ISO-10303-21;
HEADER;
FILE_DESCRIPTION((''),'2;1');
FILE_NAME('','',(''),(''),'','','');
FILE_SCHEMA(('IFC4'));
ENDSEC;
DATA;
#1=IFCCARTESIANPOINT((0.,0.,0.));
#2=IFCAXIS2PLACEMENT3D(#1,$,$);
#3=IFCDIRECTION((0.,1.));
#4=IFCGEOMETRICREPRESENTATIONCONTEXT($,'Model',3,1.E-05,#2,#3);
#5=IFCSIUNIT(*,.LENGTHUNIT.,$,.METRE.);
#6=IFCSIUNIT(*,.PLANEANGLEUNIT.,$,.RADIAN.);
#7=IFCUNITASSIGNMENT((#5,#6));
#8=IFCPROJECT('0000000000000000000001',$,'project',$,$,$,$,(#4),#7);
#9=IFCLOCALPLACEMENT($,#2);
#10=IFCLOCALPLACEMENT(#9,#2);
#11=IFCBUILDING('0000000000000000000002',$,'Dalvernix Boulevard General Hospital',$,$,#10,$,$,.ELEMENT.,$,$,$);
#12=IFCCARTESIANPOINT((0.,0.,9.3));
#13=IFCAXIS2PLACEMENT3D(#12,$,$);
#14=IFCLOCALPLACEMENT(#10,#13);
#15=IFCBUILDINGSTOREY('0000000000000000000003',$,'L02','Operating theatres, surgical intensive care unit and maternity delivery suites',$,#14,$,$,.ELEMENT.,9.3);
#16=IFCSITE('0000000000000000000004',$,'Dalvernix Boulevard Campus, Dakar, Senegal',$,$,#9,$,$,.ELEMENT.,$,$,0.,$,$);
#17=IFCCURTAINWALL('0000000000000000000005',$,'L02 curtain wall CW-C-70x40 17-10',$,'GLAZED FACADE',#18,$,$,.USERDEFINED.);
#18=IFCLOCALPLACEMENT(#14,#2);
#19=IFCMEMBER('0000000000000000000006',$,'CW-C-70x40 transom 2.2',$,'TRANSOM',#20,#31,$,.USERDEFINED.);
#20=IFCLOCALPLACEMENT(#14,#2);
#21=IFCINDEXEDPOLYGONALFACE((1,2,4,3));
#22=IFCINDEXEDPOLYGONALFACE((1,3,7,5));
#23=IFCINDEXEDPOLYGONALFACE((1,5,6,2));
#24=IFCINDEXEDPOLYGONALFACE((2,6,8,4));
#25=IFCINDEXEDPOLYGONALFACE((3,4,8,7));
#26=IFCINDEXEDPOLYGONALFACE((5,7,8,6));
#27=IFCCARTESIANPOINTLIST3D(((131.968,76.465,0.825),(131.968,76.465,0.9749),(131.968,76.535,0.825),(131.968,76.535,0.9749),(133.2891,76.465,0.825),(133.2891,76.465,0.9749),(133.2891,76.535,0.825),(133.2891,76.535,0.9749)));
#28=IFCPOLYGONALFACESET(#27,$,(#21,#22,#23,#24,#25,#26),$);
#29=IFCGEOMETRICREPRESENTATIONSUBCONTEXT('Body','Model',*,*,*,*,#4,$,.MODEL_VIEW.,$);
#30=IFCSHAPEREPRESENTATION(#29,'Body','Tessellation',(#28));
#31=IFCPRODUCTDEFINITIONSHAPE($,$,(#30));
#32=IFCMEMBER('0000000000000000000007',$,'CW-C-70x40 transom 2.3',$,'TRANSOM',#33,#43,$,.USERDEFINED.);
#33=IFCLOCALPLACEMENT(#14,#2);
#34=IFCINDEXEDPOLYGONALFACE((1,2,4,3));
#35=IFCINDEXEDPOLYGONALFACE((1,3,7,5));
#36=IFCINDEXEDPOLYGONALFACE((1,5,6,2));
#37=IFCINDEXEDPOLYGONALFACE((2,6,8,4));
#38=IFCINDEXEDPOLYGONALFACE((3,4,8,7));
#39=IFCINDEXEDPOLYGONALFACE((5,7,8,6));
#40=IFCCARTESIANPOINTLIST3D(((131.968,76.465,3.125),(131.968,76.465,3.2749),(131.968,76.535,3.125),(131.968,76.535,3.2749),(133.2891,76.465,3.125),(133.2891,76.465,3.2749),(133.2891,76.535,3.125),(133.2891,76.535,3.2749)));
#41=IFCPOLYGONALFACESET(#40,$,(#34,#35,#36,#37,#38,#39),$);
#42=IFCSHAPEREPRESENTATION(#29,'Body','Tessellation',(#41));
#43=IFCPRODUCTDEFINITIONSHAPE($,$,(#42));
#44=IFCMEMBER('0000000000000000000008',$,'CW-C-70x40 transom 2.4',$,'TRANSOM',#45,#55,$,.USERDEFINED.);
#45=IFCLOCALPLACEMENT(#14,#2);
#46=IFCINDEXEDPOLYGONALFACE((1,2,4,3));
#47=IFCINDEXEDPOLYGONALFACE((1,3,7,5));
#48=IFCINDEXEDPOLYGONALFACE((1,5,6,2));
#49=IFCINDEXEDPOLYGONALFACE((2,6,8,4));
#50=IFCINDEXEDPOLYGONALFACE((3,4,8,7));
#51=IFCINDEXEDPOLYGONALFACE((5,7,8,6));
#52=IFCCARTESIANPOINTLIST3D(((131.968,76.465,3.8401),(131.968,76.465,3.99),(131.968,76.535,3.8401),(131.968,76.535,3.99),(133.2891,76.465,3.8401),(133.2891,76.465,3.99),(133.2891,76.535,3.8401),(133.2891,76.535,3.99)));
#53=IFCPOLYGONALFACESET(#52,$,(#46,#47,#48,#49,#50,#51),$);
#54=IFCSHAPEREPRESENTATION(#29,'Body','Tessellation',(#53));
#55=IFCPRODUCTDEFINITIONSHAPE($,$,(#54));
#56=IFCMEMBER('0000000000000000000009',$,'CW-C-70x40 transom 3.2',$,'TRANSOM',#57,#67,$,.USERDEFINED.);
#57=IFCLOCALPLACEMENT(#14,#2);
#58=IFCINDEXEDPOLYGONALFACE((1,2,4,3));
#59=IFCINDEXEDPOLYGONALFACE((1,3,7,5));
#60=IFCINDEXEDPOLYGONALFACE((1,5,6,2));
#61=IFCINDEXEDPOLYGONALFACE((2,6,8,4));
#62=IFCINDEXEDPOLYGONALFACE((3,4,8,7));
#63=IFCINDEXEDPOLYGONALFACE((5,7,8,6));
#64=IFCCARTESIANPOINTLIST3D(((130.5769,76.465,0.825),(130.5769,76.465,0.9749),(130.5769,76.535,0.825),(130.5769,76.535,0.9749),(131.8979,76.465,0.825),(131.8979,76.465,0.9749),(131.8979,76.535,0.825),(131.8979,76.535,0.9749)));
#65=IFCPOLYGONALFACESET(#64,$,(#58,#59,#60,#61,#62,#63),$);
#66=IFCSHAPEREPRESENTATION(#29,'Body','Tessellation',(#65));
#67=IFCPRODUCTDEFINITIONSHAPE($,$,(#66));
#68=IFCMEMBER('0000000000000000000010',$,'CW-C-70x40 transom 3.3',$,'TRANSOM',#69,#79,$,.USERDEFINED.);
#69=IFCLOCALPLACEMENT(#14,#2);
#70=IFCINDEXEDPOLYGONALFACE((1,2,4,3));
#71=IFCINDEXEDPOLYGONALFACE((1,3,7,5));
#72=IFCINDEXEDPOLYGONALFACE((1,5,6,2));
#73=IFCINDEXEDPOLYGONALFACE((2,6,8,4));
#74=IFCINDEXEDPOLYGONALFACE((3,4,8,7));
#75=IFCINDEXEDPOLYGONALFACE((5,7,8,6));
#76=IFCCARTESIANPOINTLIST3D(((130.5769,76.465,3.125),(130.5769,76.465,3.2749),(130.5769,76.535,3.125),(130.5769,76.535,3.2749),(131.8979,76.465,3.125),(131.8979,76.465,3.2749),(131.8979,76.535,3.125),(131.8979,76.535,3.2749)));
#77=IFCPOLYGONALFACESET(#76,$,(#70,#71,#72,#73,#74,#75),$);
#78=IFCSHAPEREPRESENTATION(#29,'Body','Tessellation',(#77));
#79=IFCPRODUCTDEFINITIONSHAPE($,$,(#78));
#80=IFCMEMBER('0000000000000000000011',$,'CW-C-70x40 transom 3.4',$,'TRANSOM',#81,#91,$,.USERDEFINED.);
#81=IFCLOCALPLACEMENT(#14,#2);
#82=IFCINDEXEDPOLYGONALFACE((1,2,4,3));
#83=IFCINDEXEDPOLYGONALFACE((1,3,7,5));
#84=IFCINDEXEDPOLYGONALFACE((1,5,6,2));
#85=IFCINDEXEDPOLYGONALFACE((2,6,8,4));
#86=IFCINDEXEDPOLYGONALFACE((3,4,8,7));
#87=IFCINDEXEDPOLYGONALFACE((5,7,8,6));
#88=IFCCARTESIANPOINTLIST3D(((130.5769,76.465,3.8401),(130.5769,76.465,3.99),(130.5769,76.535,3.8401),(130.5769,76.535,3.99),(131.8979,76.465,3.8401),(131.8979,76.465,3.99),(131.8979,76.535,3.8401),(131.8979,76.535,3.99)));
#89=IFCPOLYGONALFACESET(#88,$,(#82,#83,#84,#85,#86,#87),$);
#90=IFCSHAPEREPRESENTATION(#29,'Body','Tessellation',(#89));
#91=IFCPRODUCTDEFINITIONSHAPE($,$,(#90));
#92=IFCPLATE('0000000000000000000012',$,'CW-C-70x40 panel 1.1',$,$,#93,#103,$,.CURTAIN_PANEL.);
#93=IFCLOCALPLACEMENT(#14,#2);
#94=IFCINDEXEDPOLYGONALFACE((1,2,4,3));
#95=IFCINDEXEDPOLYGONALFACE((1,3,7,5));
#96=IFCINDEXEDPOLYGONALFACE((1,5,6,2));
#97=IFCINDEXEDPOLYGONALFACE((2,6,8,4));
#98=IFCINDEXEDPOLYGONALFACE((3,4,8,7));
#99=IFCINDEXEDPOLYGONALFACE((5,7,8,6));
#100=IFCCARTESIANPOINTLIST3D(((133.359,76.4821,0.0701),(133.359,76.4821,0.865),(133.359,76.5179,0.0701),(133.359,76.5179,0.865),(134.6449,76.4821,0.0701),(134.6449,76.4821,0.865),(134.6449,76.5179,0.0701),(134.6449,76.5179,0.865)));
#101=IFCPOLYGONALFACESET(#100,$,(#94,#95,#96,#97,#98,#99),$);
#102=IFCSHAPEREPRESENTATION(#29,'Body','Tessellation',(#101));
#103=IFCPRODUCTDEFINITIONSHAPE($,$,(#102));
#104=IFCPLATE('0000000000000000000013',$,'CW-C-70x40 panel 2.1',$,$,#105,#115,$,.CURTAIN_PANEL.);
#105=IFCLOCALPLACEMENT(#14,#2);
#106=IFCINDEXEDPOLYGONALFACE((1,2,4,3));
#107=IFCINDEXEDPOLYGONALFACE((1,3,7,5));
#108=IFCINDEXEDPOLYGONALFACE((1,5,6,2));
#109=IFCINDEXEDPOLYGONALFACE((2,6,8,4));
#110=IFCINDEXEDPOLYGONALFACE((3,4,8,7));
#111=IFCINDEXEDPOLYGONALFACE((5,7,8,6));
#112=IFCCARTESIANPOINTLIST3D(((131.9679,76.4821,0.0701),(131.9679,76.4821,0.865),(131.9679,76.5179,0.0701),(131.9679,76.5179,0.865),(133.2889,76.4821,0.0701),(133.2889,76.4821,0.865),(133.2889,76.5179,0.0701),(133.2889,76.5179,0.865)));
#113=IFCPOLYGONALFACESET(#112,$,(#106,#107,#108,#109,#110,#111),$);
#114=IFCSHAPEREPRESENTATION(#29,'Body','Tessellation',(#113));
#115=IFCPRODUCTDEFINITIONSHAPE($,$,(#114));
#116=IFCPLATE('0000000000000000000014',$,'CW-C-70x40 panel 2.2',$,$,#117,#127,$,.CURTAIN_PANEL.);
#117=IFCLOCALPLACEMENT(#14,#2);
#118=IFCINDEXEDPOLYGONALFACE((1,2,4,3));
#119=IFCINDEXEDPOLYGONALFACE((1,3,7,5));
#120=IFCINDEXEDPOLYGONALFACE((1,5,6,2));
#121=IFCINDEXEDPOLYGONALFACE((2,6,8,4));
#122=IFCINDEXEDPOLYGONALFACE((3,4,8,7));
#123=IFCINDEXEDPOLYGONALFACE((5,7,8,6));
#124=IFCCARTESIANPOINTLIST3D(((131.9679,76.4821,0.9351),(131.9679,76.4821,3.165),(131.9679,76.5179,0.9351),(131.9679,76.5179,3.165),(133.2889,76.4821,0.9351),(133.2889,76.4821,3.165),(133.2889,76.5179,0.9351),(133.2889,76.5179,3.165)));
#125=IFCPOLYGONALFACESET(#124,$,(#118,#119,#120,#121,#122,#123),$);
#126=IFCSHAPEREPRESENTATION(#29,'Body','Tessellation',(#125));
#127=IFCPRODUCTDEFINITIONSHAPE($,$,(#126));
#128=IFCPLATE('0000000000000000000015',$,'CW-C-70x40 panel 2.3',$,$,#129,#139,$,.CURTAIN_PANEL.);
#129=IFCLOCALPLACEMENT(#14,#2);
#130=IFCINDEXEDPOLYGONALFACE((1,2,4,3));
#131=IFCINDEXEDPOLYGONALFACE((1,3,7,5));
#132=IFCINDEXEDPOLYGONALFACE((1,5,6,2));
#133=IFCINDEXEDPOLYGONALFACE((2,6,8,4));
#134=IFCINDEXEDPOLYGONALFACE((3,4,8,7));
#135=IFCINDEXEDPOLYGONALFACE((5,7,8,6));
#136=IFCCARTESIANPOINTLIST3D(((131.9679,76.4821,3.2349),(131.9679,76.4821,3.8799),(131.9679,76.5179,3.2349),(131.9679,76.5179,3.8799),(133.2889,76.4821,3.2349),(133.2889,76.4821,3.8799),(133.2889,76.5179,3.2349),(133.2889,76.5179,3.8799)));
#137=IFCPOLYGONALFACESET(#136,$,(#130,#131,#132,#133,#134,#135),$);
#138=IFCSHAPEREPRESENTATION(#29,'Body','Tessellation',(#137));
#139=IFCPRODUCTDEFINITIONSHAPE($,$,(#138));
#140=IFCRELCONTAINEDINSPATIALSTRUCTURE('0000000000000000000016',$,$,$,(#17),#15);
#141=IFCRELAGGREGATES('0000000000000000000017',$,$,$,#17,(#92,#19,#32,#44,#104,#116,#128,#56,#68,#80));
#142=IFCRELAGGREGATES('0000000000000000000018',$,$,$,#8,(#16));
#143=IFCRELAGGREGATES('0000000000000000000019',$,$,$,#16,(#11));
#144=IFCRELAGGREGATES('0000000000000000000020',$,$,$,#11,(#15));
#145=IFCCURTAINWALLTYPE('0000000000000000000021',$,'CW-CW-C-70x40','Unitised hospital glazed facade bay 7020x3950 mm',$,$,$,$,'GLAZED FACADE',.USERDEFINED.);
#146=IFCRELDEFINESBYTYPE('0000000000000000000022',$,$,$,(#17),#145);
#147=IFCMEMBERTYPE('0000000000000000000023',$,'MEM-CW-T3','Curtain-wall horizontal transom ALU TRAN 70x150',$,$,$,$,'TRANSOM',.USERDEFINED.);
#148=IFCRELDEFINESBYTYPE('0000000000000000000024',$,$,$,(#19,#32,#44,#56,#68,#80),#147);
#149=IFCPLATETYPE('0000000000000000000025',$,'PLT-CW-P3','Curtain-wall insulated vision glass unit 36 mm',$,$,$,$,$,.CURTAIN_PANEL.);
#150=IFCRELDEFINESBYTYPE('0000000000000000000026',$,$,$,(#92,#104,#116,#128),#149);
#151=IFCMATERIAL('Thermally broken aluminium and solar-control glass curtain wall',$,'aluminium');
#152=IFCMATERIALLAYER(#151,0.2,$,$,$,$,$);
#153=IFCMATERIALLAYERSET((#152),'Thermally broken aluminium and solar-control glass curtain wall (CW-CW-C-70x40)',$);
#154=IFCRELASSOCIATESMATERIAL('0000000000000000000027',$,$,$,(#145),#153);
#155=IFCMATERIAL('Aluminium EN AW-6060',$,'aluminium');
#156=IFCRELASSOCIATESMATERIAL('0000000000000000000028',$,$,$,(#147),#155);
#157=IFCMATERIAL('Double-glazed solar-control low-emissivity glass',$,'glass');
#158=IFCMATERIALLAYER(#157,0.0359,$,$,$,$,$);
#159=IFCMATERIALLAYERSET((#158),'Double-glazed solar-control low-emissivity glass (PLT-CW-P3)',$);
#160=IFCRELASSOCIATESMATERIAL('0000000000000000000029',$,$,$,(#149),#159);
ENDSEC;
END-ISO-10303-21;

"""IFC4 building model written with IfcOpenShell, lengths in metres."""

from ifc_helpers import new_model, si_unit, direction, frame, origin, origin_2d, place, context, subcontext, project, spatial, rectangle, extrude, material, layer, layer_set, material_profile, profile_set, type_object, element, aggregate, save


model = new_model("IFC4")

# Units and contexts
model_context = context("Model", 3, precision=1e-05, world=origin(), true_north=direction((0.0, 1.0)))
body_context = subcontext(model_context, "Body", "Model", "MODEL_VIEW")
ifc_project = project(units=[si_unit("LENGTHUNIT", "METRE"), si_unit("PLANEANGLEUNIT", "RADIAN")], contexts=[model_context])

# Site, building, storey
site_placement = place(None, origin())
site = spatial("IfcSite", under=ifc_project, at=site_placement, Name="Dalvernix Boulevard Campus, Dakar, Senegal", CompositionType="ELEMENT", RefElevation=0.0)
building_placement = place(site_placement, origin())
building = spatial("IfcBuilding", under=site, at=building_placement, Name="Dalvernix Boulevard General Hospital", CompositionType="ELEMENT")
storey_placement = place(building_placement, frame((0.0, 0.0, 9.3)))
storey = spatial("IfcBuildingStorey", under=building, at=storey_placement, Name="L02", Description="Operating theatres, surgical intensive care unit and maternity delivery suites", CompositionType="ELEMENT", Elevation=9.3)

# Curtain wall, members, plates
ifc_material_1 = material(Name="Thermally broken aluminium and solar-control glass curtain wall", Category="aluminium")
ifc_layer_1 = layer(ifc_material_1, 0.2)
ifc_layer_set_1 = layer_set([ifc_layer_1], Name="Thermally broken aluminium and solar-control glass curtain wall (CW-CW-C-70x40)")
curtain_wall_type = type_object("IfcCurtainWallType", Name="CW-CW-C-70x40", Description="Unitised hospital glazed facade bay 7020x3950 mm", ElementType="GLAZED FACADE", PredefinedType="USERDEFINED", material=ifc_layer_set_1)
curtain_wall_placement = place(storey_placement, origin())
curtain_wall = element("IfcCurtainWall", 1, at=curtain_wall_placement, inside=storey, type_object=curtain_wall_type, Name="L02 curtain wall CW-C-70x40 17-10", ObjectType="GLAZED FACADE", PredefinedType="USERDEFINED")
ifc_material_2 = material(Name="Aluminium EN AW-6060", Category="aluminium")
ifc_material_profile_1 = material_profile(ifc_material_2, rectangle(XDim=0.0701, YDim=0.1499, at=origin_2d()), Name="ALU TRAN 70x150")
ifc_profile_set_1 = profile_set([ifc_material_profile_1], Name="Aluminium EN AW-6060")
member_type_1 = type_object("IfcMemberType", Name="MEM-CW-T3", Description="Curtain-wall horizontal transom ALU TRAN 70x150", ElementType="TRANSOM", PredefinedType="USERDEFINED", material=ifc_profile_set_1)
member_1_placement = place(storey_placement, frame((133.2891, 76.5, 0.8999), z_axis=(-1.0, 0.0, 0.0), x_axis=(0.0, -1.0, 0.0)))
member_1 = element("IfcMember", 2, at=member_1_placement, type_object=member_type_1, Name="CW-C-70x40 transom 2.2", ObjectType="TRANSOM", PredefinedType="USERDEFINED", context=body_context, shape_type="SweptSolid", body=[
    extrude(rectangle(XDim=0.0701, YDim=0.1499, at=origin_2d()), origin(), (0.0, 0.0, 1.0), 1.321),
])
member_2_placement = place(storey_placement, frame((133.2891, 76.5, 3.2), z_axis=(-1.0, 0.0, 0.0), x_axis=(0.0, -1.0, 0.0)))
member_2 = element("IfcMember", 3, at=member_2_placement, type_object=member_type_1, Name="CW-C-70x40 transom 2.3", ObjectType="TRANSOM", PredefinedType="USERDEFINED", context=body_context, shape_type="SweptSolid", body=[
    extrude(rectangle(XDim=0.0701, YDim=0.1499, at=origin_2d()), origin(), (0.0, 0.0, 1.0), 1.321),
])
member_3_placement = place(storey_placement, frame((133.2891, 76.5, 3.915), z_axis=(-1.0, 0.0, 0.0), x_axis=(0.0, -1.0, 0.0)))
member_3 = element("IfcMember", 4, at=member_3_placement, type_object=member_type_1, Name="CW-C-70x40 transom 2.4", ObjectType="TRANSOM", PredefinedType="USERDEFINED", context=body_context, shape_type="SweptSolid", body=[
    extrude(rectangle(XDim=0.0701, YDim=0.1499, at=origin_2d()), origin(), (0.0, 0.0, 1.0), 1.321),
])
member_4_placement = place(storey_placement, frame((131.8979, 76.5, 0.8999), z_axis=(-1.0, 0.0, 0.0), x_axis=(0.0, -1.0, 0.0)))
member_4 = element("IfcMember", 5, at=member_4_placement, type_object=member_type_1, Name="CW-C-70x40 transom 3.2", ObjectType="TRANSOM", PredefinedType="USERDEFINED", context=body_context, shape_type="SweptSolid", body=[
    extrude(rectangle(XDim=0.0701, YDim=0.1499, at=origin_2d()), origin(), (0.0, 0.0, 1.0), 1.321),
])
member_5_placement = place(storey_placement, frame((131.8979, 76.5, 3.2), z_axis=(-1.0, 0.0, 0.0), x_axis=(0.0, -1.0, 0.0)))
member_5 = element("IfcMember", 6, at=member_5_placement, type_object=member_type_1, Name="CW-C-70x40 transom 3.3", ObjectType="TRANSOM", PredefinedType="USERDEFINED", context=body_context, shape_type="SweptSolid", body=[
    extrude(rectangle(XDim=0.0701, YDim=0.1499, at=origin_2d()), origin(), (0.0, 0.0, 1.0), 1.321),
])
member_6_placement = place(storey_placement, frame((131.8979, 76.5, 3.915), z_axis=(-1.0, 0.0, 0.0), x_axis=(0.0, -1.0, 0.0)))
member_6 = element("IfcMember", 7, at=member_6_placement, type_object=member_type_1, Name="CW-C-70x40 transom 3.4", ObjectType="TRANSOM", PredefinedType="USERDEFINED", context=body_context, shape_type="SweptSolid", body=[
    extrude(rectangle(XDim=0.0701, YDim=0.1499, at=origin_2d()), origin(), (0.0, 0.0, 1.0), 1.321),
])
ifc_material_3 = material(Name="Double-glazed solar-control low-emissivity glass", Category="glass")
ifc_layer_2 = layer(ifc_material_3, 0.0359)
ifc_layer_set_2 = layer_set([ifc_layer_2], Name="Double-glazed solar-control low-emissivity glass (PLT-CW-P3)")
plate_type = type_object("IfcPlateType", Name="PLT-CW-P3", Description="Curtain-wall insulated vision glass unit 36 mm", PredefinedType="CURTAIN_PANEL", material=ifc_layer_set_2)
plate_1_placement = place(storey_placement, frame((134.002, 76.5, 0.0701), z_axis=(0.0, 0.0, 1.0), x_axis=(-1.0, 0.0, 0.0)))
plate_1 = element("IfcPlate", 8, at=plate_1_placement, type_object=plate_type, Name="CW-C-70x40 panel 1.1", PredefinedType="CURTAIN_PANEL", context=body_context, shape_type="SweptSolid", body=[
    extrude(rectangle(XDim=1.2859, YDim=0.0359, at=origin_2d()), origin(), (0.0, 0.0, 1.0), 0.7949),
])
plate_2_placement = place(storey_placement, frame((132.6284, 76.5, 0.0701), z_axis=(0.0, 0.0, 1.0), x_axis=(-1.0, 0.0, 0.0)))
plate_2 = element("IfcPlate", 9, at=plate_2_placement, type_object=plate_type, Name="CW-C-70x40 panel 2.1", PredefinedType="CURTAIN_PANEL", context=body_context, shape_type="SweptSolid", body=[
    extrude(rectangle(XDim=1.321, YDim=0.0359, at=origin_2d()), origin(), (0.0, 0.0, 1.0), 0.7949),
])
plate_3_placement = place(storey_placement, frame((132.6284, 76.5, 0.9351), z_axis=(0.0, 0.0, 1.0), x_axis=(-1.0, 0.0, 0.0)))
plate_3 = element("IfcPlate", 10, at=plate_3_placement, type_object=plate_type, Name="CW-C-70x40 panel 2.2", PredefinedType="CURTAIN_PANEL", context=body_context, shape_type="SweptSolid", body=[
    extrude(rectangle(XDim=1.321, YDim=0.0359, at=origin_2d()), origin(), (0.0, 0.0, 1.0), 2.23),
])
plate_4_placement = place(storey_placement, frame((132.6284, 76.5, 3.2349), z_axis=(0.0, 0.0, 1.0), x_axis=(-1.0, 0.0, 0.0)))
plate_4 = element("IfcPlate", 11, at=plate_4_placement, type_object=plate_type, Name="CW-C-70x40 panel 2.3", PredefinedType="CURTAIN_PANEL", context=body_context, shape_type="SweptSolid", body=[
    extrude(rectangle(XDim=1.321, YDim=0.0359, at=origin_2d()), origin(), (0.0, 0.0, 1.0), 0.645),
])
aggregate(curtain_wall, [plate_1, member_1, member_2, member_3, plate_2, plate_3, plate_4, member_4, member_5, member_6])

save(model, "model.ifc")
